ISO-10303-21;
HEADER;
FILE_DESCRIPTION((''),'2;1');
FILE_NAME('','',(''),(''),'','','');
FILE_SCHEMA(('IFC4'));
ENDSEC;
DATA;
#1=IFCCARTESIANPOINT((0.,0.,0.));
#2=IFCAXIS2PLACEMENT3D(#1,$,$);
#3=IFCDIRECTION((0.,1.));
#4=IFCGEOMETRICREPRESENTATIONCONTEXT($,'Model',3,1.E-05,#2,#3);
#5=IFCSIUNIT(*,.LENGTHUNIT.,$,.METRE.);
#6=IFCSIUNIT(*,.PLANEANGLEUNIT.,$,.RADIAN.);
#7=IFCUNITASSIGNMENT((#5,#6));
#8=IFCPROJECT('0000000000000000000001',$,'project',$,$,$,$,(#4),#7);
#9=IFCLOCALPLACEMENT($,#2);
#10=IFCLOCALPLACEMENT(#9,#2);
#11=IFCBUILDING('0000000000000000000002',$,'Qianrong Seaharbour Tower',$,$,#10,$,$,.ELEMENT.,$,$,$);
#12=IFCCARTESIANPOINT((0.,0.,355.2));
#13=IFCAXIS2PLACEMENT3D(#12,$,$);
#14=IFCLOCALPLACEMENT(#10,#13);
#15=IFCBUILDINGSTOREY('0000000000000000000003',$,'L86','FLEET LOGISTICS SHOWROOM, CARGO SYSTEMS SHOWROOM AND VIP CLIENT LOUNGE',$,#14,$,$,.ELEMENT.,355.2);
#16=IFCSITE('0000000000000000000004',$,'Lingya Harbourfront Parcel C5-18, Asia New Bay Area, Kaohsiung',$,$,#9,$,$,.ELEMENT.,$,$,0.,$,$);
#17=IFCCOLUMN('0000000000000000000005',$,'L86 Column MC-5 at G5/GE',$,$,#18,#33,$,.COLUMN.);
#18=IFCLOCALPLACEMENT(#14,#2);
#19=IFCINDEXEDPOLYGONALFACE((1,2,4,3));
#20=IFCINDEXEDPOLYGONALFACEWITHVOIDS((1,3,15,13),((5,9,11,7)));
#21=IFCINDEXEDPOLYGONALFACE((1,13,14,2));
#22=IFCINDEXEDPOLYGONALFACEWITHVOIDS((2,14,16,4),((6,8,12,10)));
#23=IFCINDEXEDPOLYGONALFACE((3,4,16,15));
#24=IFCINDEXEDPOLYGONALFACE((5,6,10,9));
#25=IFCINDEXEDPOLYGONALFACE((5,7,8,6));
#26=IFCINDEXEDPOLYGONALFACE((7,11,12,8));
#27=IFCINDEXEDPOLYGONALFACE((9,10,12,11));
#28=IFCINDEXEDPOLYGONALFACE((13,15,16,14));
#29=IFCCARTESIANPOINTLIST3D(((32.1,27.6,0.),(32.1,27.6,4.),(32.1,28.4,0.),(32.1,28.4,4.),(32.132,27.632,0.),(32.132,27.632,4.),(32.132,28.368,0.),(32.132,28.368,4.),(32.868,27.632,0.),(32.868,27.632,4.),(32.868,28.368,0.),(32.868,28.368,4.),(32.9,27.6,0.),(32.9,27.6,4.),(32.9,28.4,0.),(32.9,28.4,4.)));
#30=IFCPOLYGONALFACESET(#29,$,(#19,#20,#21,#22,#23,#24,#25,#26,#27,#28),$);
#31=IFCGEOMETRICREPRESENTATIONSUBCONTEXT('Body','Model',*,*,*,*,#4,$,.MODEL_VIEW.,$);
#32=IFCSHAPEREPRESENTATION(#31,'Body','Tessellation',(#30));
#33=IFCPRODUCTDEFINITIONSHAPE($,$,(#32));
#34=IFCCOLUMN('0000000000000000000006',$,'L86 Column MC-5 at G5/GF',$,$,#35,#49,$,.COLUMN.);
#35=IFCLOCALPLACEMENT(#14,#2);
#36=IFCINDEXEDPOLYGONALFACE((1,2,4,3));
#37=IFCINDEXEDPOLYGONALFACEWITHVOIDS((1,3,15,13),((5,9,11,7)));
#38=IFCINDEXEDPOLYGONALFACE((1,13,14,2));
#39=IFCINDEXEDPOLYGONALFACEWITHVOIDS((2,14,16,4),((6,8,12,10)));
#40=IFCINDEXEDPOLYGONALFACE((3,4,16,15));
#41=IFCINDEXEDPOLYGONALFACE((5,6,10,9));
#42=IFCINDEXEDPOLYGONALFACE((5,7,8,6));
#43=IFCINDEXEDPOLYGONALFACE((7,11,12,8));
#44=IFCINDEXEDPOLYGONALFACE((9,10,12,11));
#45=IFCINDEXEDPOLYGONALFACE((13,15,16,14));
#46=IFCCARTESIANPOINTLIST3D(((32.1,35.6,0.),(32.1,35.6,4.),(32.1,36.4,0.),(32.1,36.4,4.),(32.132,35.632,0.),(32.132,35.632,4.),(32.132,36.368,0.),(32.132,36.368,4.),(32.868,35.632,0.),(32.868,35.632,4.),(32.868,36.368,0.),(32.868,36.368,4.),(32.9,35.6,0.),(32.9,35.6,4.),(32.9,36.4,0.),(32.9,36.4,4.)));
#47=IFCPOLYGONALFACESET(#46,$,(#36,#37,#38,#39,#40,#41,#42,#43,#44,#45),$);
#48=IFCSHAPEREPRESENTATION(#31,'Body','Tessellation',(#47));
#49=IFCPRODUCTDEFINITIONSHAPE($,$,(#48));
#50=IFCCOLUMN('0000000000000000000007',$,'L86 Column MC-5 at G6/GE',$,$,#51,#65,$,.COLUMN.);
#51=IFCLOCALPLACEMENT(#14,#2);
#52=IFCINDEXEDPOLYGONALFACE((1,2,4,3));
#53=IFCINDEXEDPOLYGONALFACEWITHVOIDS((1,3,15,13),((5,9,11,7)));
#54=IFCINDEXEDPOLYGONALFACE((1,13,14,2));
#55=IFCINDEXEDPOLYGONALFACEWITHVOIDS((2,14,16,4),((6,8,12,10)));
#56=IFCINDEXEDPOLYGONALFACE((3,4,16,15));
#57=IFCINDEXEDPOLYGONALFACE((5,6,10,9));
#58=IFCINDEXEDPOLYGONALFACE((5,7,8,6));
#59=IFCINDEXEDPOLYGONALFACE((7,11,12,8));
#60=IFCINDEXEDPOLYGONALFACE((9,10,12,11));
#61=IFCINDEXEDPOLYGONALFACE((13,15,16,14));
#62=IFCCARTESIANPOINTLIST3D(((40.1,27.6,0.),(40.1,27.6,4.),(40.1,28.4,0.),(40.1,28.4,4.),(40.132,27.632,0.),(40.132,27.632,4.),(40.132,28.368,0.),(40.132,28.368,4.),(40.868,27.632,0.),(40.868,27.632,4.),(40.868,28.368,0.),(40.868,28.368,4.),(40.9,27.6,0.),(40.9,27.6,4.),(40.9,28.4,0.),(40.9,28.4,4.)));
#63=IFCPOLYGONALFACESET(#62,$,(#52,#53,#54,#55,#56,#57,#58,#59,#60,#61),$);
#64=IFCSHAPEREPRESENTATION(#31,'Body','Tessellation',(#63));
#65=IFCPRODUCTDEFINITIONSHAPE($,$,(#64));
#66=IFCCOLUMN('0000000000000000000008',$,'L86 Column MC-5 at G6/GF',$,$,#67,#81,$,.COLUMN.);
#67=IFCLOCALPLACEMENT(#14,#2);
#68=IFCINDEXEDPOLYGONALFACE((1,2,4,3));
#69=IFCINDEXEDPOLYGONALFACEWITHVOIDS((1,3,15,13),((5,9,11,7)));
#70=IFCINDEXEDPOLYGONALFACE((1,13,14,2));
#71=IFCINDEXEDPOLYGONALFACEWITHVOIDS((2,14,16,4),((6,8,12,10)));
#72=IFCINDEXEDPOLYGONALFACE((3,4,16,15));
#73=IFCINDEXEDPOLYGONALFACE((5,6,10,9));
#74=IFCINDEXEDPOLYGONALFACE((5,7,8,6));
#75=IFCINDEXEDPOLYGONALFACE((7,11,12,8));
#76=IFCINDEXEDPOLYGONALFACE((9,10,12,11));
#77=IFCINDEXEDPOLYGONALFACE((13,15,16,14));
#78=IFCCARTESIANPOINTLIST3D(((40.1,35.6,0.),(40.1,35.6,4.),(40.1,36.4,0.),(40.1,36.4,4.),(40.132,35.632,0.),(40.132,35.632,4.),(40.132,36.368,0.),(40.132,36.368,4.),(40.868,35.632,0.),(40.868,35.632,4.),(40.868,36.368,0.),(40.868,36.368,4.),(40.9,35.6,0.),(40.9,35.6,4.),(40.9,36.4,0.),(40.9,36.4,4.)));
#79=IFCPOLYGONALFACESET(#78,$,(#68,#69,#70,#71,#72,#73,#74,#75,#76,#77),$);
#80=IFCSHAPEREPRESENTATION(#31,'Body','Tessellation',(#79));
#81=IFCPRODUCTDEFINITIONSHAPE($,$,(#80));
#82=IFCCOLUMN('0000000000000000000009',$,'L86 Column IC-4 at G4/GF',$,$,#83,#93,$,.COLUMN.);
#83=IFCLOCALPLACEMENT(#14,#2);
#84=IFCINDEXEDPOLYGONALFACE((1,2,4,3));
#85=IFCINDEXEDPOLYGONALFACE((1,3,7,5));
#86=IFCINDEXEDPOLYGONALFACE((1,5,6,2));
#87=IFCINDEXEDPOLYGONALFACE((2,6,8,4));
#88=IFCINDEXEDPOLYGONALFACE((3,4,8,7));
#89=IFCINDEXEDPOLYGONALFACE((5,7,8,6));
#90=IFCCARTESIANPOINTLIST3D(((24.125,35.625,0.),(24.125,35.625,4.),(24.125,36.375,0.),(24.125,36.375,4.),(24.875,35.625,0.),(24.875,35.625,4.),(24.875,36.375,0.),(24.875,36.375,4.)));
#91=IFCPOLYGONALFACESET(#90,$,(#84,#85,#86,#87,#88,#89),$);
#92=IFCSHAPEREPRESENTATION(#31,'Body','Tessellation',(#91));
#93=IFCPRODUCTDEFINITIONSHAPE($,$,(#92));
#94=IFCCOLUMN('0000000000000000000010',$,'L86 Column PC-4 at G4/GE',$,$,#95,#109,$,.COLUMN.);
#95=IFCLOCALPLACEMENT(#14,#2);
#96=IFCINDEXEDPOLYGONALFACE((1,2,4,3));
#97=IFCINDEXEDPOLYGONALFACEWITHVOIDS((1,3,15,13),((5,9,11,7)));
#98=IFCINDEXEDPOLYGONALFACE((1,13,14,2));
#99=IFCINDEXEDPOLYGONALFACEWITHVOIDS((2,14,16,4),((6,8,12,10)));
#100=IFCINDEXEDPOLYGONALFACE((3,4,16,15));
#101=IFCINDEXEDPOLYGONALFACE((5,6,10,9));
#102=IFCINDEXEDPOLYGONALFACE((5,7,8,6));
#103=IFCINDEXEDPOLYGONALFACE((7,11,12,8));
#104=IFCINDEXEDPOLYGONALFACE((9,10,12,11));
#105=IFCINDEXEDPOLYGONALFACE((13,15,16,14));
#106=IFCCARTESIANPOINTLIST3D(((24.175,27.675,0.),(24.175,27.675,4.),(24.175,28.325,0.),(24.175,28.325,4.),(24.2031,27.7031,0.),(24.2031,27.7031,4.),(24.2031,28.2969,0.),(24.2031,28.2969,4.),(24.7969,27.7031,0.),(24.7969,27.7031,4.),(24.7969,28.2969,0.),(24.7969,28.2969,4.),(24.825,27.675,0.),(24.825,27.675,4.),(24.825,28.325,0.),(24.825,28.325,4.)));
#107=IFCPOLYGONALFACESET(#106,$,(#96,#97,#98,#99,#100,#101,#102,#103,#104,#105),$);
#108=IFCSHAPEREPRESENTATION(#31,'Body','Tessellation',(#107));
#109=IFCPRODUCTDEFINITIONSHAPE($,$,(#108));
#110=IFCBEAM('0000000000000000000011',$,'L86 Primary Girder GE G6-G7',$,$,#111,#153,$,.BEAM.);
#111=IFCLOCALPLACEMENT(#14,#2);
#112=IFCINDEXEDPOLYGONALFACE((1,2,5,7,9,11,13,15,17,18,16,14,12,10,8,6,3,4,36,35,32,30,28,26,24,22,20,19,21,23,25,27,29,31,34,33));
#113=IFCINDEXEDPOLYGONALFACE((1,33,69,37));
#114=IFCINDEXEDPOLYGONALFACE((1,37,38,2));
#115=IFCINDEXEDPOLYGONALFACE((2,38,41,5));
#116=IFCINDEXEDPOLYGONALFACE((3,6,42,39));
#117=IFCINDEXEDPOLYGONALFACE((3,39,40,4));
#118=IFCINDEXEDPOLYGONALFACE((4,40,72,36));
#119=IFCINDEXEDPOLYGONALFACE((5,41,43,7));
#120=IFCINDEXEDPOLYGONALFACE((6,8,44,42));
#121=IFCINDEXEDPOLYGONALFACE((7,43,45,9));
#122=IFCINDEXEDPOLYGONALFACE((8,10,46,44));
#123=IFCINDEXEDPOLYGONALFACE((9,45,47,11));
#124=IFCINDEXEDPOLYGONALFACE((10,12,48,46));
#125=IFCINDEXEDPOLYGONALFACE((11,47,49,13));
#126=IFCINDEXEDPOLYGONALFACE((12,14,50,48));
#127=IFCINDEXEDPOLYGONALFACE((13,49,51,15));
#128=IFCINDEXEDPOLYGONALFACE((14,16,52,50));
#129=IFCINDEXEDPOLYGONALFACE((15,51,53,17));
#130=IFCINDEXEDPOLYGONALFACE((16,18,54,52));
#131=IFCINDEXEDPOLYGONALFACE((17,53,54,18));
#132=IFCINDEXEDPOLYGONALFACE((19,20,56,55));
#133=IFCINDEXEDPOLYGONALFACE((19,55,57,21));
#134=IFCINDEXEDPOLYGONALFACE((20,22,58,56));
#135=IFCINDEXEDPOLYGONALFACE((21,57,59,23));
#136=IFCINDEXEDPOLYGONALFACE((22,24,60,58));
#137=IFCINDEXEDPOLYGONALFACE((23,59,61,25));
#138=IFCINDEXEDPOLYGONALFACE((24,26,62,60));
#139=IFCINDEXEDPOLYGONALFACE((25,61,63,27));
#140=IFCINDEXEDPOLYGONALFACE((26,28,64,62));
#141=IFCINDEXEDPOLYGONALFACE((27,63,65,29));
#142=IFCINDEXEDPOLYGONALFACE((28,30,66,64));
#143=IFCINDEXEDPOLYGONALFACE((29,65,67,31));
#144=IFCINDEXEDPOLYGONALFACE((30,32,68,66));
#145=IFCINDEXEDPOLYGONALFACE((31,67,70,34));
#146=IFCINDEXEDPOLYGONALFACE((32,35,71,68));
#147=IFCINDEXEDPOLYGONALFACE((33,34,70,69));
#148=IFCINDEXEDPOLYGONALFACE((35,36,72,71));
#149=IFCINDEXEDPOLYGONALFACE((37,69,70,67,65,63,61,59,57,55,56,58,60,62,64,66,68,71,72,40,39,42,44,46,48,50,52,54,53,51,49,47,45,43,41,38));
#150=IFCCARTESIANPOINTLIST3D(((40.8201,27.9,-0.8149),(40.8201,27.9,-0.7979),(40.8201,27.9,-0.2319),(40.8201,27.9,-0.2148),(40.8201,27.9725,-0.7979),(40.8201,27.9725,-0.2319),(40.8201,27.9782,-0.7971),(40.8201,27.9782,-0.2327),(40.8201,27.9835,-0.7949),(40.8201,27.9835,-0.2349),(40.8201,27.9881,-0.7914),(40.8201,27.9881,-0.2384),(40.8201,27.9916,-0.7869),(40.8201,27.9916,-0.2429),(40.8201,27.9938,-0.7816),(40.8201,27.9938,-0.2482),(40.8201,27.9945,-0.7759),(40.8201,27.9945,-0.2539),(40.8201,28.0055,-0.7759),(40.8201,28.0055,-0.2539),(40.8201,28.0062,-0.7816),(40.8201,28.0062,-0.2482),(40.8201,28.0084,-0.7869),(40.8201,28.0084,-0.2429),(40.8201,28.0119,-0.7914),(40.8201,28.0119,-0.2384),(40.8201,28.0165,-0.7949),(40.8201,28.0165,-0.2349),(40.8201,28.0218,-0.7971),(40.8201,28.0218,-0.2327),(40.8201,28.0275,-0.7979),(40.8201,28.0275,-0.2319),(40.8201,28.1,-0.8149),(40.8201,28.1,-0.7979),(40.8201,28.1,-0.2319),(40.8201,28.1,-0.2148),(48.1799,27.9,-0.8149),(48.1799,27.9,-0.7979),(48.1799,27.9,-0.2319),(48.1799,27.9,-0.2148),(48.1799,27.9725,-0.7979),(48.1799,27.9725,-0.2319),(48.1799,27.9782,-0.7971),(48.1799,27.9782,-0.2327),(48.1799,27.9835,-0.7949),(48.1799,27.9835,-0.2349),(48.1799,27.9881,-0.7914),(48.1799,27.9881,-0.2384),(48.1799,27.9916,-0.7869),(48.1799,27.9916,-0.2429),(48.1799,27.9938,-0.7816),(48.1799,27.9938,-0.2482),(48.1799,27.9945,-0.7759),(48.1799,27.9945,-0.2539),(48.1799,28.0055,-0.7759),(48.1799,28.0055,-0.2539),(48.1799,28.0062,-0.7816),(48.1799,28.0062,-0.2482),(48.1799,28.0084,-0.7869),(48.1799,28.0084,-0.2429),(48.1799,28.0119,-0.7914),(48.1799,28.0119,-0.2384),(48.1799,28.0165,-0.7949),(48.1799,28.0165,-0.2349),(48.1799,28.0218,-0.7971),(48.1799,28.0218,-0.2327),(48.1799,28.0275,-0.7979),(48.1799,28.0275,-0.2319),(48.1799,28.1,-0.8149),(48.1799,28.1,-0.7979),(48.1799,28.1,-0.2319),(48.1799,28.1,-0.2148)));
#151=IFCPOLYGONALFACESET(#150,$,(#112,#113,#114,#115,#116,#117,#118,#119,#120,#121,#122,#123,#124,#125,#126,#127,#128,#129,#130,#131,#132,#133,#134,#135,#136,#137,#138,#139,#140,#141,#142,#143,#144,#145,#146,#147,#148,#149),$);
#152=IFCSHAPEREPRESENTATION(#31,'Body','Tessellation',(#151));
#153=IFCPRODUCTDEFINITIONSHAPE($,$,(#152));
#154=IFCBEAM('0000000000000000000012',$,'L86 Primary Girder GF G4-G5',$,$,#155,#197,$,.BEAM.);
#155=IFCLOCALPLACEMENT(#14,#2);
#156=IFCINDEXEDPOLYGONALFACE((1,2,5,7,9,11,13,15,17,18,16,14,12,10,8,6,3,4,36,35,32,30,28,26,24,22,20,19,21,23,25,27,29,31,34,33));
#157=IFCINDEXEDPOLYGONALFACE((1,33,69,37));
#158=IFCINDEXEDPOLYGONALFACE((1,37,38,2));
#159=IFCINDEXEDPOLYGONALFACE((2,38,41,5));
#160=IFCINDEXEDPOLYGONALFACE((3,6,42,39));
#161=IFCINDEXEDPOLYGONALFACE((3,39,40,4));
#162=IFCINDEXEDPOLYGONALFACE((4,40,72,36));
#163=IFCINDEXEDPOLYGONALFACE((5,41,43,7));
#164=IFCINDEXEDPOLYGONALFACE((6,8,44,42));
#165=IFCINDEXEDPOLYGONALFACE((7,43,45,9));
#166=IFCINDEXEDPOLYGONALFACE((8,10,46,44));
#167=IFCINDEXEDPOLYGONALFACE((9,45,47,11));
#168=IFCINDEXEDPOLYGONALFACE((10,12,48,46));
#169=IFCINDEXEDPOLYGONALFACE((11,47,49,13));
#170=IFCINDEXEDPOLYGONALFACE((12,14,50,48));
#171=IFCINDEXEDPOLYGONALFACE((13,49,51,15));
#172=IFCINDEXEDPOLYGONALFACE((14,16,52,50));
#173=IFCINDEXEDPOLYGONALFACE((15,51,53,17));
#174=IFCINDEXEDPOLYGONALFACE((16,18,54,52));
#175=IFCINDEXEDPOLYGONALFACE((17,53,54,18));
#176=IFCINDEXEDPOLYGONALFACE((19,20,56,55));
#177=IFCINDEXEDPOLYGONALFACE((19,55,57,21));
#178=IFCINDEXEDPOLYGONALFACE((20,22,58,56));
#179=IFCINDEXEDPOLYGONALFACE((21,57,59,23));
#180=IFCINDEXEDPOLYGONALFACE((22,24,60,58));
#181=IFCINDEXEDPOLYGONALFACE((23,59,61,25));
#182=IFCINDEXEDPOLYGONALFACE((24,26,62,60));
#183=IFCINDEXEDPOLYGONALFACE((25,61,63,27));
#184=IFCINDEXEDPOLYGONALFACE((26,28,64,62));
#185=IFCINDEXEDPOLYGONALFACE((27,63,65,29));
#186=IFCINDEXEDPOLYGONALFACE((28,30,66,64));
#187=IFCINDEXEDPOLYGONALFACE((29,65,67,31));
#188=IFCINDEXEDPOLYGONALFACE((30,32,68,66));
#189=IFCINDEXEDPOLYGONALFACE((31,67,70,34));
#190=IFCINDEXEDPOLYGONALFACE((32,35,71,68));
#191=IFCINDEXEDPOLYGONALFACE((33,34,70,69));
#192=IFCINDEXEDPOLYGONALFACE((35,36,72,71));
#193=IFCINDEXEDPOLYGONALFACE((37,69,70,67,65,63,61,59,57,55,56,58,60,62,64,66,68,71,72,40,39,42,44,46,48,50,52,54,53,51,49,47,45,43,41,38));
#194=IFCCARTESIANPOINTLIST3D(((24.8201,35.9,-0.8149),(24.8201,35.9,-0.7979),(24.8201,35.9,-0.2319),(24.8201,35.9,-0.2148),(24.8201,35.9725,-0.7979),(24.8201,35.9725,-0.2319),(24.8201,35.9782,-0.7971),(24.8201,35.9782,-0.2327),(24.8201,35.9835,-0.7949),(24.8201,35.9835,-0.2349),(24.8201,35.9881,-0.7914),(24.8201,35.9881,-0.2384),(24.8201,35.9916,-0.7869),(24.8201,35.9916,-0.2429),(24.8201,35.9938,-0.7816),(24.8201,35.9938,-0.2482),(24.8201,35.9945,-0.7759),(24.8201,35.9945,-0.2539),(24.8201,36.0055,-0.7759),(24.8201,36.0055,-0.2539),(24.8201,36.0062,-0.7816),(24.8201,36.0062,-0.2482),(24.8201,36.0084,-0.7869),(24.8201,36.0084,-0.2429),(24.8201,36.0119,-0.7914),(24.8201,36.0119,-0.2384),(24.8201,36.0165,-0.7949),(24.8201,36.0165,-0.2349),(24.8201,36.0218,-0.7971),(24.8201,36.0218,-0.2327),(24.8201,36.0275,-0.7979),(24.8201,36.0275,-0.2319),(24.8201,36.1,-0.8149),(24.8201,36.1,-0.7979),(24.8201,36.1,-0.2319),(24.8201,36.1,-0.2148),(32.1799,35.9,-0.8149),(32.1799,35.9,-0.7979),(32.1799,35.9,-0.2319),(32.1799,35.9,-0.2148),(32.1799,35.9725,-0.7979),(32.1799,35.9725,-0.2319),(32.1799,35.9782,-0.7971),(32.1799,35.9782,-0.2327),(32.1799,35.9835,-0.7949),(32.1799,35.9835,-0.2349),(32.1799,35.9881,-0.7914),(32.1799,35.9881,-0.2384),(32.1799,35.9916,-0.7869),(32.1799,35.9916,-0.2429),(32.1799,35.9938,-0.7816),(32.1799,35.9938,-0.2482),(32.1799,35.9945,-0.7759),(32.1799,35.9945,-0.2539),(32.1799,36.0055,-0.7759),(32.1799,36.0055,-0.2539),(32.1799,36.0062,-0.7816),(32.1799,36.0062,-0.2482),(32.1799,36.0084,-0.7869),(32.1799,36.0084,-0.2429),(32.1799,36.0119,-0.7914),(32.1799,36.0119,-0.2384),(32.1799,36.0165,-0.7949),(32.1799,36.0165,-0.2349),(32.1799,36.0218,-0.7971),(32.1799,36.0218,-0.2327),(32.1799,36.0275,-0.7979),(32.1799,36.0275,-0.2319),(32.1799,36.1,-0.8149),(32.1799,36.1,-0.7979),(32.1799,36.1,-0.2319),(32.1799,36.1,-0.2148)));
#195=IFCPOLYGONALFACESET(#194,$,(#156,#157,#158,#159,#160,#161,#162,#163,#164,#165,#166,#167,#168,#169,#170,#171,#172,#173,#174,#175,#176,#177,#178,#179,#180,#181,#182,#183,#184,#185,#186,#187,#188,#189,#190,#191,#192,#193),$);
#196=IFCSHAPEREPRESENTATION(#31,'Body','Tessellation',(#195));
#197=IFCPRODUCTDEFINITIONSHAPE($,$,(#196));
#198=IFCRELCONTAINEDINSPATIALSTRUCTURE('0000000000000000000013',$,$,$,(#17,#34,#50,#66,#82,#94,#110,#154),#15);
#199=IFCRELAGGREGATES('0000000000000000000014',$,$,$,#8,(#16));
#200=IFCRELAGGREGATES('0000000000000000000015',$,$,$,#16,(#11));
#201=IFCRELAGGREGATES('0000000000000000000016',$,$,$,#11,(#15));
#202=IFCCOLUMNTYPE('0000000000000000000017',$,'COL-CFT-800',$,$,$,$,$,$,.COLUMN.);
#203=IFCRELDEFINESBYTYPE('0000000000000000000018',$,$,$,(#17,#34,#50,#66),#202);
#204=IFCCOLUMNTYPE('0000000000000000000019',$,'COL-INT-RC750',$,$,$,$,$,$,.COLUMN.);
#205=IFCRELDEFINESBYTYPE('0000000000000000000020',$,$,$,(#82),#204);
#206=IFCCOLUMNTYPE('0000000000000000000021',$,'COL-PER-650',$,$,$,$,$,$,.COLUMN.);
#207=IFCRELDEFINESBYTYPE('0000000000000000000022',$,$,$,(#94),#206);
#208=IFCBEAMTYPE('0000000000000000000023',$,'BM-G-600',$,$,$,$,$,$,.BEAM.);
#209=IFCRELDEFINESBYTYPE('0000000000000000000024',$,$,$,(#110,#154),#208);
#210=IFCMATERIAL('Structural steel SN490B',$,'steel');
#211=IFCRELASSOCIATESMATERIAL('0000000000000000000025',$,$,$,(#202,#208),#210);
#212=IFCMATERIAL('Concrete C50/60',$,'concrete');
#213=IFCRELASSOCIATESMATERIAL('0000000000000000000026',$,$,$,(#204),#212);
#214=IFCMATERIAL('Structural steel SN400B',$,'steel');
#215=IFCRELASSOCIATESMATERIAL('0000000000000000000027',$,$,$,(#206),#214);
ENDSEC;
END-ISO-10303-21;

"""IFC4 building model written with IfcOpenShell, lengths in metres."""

from ifc_helpers import new_model, si_unit, direction, frame, origin, origin_2d, place, context, subcontext, project, spatial, rectangle, hollow_rectangle, i_section, extrude, material, material_profile, profile_set, type_object, element, save


model = new_model("IFC4")

# Units and contexts
model_context = context("Model", 3, precision=1e-05, world=origin(), true_north=direction((0.0, 1.0)))
body_context = subcontext(model_context, "Body", "Model", "MODEL_VIEW")
ifc_project = project(units=[si_unit("LENGTHUNIT", "METRE"), si_unit("PLANEANGLEUNIT", "RADIAN")], contexts=[model_context])

# Site, building, storey
site_placement = place(None, origin())
site = spatial("IfcSite", under=ifc_project, at=site_placement, Name="Lingya Harbourfront Parcel C5-18, Asia New Bay Area, Kaohsiung", CompositionType="ELEMENT", RefElevation=0.0)
building_placement = place(site_placement, origin())
building = spatial("IfcBuilding", under=site, at=building_placement, Name="Qianrong Seaharbour Tower", CompositionType="ELEMENT")
storey_placement = place(building_placement, frame((0.0, 0.0, 355.2)))
storey = spatial("IfcBuildingStorey", under=building, at=storey_placement, Name="L86", Description="FLEET LOGISTICS SHOWROOM, CARGO SYSTEMS SHOWROOM AND VIP CLIENT LOUNGE", CompositionType="ELEMENT", Elevation=355.2)

# Columns
ifc_material_1 = material(Name="Structural steel SN490B", Category="steel")
ifc_material_profile_1 = material_profile(ifc_material_1, hollow_rectangle(XDim=0.8, YDim=0.8, WallThickness=0.032, at=origin_2d()), Name="BOX800x800x32")
ifc_profile_set_1 = profile_set([ifc_material_profile_1], Name="Structural steel SN490B")
column_type_1 = type_object("IfcColumnType", Name="COL-CFT-800", PredefinedType="COLUMN", material=ifc_profile_set_1)
for number, where, z_axis, x_axis, name in (
    (1, (32.5, 28.0, 0.0), (0.0, 0.0, 1.0), (1.0, 0.0, 0.0), "L86 Column MC-5 at G5/GE"),
    (2, (32.5, 36.0, 0.0), (0.0, 0.0, 1.0), (1.0, 0.0, 0.0), "L86 Column MC-5 at G5/GF"),
    (3, (40.5, 28.0, 0.0), (0.0, 0.0, 1.0), (1.0, 0.0, 0.0), "L86 Column MC-5 at G6/GE"),
    (4, (40.5, 36.0, 0.0), (0.0, 0.0, 1.0), (1.0, 0.0, 0.0), "L86 Column MC-5 at G6/GF"),
):
    element("IfcColumn", number, at=place(storey_placement, frame(where, z_axis=z_axis, x_axis=x_axis)), inside=storey, type_object=column_type_1, Name=name, PredefinedType="COLUMN", context=body_context, shape_type="SweptSolid", body=[
        extrude(hollow_rectangle(XDim=0.8, YDim=0.8, WallThickness=0.032, at=origin_2d()), origin(), (0.0, 0.0, 1.0), 4.0),
    ])
ifc_material_2 = material(Name="Concrete C50/60", Category="concrete")
ifc_material_profile_2 = material_profile(ifc_material_2, rectangle(XDim=0.75, YDim=0.75, at=origin_2d()), Name="RC750x750")
ifc_profile_set_2 = profile_set([ifc_material_profile_2], Name="Concrete C50/60")
column_type_2 = type_object("IfcColumnType", Name="COL-INT-RC750", PredefinedType="COLUMN", material=ifc_profile_set_2)
column_1_placement = place(storey_placement, frame((24.5, 36.0, 0.0), z_axis=(0.0, 0.0, 1.0), x_axis=(1.0, 0.0, 0.0)))
element("IfcColumn", 5, at=column_1_placement, inside=storey, type_object=column_type_2, Name="L86 Column IC-4 at G4/GF", PredefinedType="COLUMN", context=body_context, shape_type="SweptSolid", body=[
    extrude(rectangle(XDim=0.75, YDim=0.75, at=origin_2d()), origin(), (0.0, 0.0, 1.0), 4.0),
])
ifc_material_3 = material(Name="Structural steel SN400B", Category="steel")
ifc_material_profile_3 = material_profile(ifc_material_3, hollow_rectangle(XDim=0.6499, YDim=0.6499, WallThickness=0.0281, at=origin_2d()), Name="BOX650x650x28")
ifc_profile_set_3 = profile_set([ifc_material_profile_3], Name="Structural steel SN400B")
column_type_3 = type_object("IfcColumnType", Name="COL-PER-650", PredefinedType="COLUMN", material=ifc_profile_set_3)
column_2_placement = place(storey_placement, frame((24.5, 28.0, 0.0), z_axis=(0.0, 0.0, 1.0), x_axis=(1.0, 0.0, 0.0)))
element("IfcColumn", 6, at=column_2_placement, inside=storey, type_object=column_type_3, Name="L86 Column PC-4 at G4/GE", PredefinedType="COLUMN", context=body_context, shape_type="SweptSolid", body=[
    extrude(hollow_rectangle(XDim=0.6499, YDim=0.6499, WallThickness=0.0281, at=origin_2d()), origin(), (0.0, 0.0, 1.0), 4.0),
])

# Beams
ifc_material_profile_4 = material_profile(ifc_material_1, i_section(OverallWidth=0.2, OverallDepth=0.6001, WebThickness=0.011, FlangeThickness=0.0171, FilletRadius=0.022, at=origin_2d()), Name="H600x200x11x17")
ifc_profile_set_4 = profile_set([ifc_material_profile_4], Name="Structural steel SN490B")
beam_type_1 = type_object("IfcBeamType", Name="BM-G-600", PredefinedType="BEAM", material=ifc_profile_set_4)
for number, where, z_axis, x_axis, name in (
    (7, (40.8201, 28.0, -0.5149), (1.0, 0.0, 0.0), (0.0, 1.0, 0.0), "L86 Primary Girder GE G6-G7"),
    (8, (24.8201, 36.0, -0.5149), (1.0, 0.0, 0.0), (0.0, 1.0, 0.0), "L86 Primary Girder GF G4-G5"),
):
    element("IfcBeam", number, at=place(storey_placement, frame(where, z_axis=z_axis, x_axis=x_axis)), inside=storey, type_object=beam_type_1, Name=name, PredefinedType="BEAM", context=body_context, shape_type="SweptSolid", body=[
        extrude(i_section(OverallWidth=0.2, OverallDepth=0.6001, WebThickness=0.011, FlangeThickness=0.0171, FilletRadius=0.022, at=origin_2d()), origin(), (0.0, 0.0, 1.0), 7.3599),
    ])

save(model, "model.ifc")
